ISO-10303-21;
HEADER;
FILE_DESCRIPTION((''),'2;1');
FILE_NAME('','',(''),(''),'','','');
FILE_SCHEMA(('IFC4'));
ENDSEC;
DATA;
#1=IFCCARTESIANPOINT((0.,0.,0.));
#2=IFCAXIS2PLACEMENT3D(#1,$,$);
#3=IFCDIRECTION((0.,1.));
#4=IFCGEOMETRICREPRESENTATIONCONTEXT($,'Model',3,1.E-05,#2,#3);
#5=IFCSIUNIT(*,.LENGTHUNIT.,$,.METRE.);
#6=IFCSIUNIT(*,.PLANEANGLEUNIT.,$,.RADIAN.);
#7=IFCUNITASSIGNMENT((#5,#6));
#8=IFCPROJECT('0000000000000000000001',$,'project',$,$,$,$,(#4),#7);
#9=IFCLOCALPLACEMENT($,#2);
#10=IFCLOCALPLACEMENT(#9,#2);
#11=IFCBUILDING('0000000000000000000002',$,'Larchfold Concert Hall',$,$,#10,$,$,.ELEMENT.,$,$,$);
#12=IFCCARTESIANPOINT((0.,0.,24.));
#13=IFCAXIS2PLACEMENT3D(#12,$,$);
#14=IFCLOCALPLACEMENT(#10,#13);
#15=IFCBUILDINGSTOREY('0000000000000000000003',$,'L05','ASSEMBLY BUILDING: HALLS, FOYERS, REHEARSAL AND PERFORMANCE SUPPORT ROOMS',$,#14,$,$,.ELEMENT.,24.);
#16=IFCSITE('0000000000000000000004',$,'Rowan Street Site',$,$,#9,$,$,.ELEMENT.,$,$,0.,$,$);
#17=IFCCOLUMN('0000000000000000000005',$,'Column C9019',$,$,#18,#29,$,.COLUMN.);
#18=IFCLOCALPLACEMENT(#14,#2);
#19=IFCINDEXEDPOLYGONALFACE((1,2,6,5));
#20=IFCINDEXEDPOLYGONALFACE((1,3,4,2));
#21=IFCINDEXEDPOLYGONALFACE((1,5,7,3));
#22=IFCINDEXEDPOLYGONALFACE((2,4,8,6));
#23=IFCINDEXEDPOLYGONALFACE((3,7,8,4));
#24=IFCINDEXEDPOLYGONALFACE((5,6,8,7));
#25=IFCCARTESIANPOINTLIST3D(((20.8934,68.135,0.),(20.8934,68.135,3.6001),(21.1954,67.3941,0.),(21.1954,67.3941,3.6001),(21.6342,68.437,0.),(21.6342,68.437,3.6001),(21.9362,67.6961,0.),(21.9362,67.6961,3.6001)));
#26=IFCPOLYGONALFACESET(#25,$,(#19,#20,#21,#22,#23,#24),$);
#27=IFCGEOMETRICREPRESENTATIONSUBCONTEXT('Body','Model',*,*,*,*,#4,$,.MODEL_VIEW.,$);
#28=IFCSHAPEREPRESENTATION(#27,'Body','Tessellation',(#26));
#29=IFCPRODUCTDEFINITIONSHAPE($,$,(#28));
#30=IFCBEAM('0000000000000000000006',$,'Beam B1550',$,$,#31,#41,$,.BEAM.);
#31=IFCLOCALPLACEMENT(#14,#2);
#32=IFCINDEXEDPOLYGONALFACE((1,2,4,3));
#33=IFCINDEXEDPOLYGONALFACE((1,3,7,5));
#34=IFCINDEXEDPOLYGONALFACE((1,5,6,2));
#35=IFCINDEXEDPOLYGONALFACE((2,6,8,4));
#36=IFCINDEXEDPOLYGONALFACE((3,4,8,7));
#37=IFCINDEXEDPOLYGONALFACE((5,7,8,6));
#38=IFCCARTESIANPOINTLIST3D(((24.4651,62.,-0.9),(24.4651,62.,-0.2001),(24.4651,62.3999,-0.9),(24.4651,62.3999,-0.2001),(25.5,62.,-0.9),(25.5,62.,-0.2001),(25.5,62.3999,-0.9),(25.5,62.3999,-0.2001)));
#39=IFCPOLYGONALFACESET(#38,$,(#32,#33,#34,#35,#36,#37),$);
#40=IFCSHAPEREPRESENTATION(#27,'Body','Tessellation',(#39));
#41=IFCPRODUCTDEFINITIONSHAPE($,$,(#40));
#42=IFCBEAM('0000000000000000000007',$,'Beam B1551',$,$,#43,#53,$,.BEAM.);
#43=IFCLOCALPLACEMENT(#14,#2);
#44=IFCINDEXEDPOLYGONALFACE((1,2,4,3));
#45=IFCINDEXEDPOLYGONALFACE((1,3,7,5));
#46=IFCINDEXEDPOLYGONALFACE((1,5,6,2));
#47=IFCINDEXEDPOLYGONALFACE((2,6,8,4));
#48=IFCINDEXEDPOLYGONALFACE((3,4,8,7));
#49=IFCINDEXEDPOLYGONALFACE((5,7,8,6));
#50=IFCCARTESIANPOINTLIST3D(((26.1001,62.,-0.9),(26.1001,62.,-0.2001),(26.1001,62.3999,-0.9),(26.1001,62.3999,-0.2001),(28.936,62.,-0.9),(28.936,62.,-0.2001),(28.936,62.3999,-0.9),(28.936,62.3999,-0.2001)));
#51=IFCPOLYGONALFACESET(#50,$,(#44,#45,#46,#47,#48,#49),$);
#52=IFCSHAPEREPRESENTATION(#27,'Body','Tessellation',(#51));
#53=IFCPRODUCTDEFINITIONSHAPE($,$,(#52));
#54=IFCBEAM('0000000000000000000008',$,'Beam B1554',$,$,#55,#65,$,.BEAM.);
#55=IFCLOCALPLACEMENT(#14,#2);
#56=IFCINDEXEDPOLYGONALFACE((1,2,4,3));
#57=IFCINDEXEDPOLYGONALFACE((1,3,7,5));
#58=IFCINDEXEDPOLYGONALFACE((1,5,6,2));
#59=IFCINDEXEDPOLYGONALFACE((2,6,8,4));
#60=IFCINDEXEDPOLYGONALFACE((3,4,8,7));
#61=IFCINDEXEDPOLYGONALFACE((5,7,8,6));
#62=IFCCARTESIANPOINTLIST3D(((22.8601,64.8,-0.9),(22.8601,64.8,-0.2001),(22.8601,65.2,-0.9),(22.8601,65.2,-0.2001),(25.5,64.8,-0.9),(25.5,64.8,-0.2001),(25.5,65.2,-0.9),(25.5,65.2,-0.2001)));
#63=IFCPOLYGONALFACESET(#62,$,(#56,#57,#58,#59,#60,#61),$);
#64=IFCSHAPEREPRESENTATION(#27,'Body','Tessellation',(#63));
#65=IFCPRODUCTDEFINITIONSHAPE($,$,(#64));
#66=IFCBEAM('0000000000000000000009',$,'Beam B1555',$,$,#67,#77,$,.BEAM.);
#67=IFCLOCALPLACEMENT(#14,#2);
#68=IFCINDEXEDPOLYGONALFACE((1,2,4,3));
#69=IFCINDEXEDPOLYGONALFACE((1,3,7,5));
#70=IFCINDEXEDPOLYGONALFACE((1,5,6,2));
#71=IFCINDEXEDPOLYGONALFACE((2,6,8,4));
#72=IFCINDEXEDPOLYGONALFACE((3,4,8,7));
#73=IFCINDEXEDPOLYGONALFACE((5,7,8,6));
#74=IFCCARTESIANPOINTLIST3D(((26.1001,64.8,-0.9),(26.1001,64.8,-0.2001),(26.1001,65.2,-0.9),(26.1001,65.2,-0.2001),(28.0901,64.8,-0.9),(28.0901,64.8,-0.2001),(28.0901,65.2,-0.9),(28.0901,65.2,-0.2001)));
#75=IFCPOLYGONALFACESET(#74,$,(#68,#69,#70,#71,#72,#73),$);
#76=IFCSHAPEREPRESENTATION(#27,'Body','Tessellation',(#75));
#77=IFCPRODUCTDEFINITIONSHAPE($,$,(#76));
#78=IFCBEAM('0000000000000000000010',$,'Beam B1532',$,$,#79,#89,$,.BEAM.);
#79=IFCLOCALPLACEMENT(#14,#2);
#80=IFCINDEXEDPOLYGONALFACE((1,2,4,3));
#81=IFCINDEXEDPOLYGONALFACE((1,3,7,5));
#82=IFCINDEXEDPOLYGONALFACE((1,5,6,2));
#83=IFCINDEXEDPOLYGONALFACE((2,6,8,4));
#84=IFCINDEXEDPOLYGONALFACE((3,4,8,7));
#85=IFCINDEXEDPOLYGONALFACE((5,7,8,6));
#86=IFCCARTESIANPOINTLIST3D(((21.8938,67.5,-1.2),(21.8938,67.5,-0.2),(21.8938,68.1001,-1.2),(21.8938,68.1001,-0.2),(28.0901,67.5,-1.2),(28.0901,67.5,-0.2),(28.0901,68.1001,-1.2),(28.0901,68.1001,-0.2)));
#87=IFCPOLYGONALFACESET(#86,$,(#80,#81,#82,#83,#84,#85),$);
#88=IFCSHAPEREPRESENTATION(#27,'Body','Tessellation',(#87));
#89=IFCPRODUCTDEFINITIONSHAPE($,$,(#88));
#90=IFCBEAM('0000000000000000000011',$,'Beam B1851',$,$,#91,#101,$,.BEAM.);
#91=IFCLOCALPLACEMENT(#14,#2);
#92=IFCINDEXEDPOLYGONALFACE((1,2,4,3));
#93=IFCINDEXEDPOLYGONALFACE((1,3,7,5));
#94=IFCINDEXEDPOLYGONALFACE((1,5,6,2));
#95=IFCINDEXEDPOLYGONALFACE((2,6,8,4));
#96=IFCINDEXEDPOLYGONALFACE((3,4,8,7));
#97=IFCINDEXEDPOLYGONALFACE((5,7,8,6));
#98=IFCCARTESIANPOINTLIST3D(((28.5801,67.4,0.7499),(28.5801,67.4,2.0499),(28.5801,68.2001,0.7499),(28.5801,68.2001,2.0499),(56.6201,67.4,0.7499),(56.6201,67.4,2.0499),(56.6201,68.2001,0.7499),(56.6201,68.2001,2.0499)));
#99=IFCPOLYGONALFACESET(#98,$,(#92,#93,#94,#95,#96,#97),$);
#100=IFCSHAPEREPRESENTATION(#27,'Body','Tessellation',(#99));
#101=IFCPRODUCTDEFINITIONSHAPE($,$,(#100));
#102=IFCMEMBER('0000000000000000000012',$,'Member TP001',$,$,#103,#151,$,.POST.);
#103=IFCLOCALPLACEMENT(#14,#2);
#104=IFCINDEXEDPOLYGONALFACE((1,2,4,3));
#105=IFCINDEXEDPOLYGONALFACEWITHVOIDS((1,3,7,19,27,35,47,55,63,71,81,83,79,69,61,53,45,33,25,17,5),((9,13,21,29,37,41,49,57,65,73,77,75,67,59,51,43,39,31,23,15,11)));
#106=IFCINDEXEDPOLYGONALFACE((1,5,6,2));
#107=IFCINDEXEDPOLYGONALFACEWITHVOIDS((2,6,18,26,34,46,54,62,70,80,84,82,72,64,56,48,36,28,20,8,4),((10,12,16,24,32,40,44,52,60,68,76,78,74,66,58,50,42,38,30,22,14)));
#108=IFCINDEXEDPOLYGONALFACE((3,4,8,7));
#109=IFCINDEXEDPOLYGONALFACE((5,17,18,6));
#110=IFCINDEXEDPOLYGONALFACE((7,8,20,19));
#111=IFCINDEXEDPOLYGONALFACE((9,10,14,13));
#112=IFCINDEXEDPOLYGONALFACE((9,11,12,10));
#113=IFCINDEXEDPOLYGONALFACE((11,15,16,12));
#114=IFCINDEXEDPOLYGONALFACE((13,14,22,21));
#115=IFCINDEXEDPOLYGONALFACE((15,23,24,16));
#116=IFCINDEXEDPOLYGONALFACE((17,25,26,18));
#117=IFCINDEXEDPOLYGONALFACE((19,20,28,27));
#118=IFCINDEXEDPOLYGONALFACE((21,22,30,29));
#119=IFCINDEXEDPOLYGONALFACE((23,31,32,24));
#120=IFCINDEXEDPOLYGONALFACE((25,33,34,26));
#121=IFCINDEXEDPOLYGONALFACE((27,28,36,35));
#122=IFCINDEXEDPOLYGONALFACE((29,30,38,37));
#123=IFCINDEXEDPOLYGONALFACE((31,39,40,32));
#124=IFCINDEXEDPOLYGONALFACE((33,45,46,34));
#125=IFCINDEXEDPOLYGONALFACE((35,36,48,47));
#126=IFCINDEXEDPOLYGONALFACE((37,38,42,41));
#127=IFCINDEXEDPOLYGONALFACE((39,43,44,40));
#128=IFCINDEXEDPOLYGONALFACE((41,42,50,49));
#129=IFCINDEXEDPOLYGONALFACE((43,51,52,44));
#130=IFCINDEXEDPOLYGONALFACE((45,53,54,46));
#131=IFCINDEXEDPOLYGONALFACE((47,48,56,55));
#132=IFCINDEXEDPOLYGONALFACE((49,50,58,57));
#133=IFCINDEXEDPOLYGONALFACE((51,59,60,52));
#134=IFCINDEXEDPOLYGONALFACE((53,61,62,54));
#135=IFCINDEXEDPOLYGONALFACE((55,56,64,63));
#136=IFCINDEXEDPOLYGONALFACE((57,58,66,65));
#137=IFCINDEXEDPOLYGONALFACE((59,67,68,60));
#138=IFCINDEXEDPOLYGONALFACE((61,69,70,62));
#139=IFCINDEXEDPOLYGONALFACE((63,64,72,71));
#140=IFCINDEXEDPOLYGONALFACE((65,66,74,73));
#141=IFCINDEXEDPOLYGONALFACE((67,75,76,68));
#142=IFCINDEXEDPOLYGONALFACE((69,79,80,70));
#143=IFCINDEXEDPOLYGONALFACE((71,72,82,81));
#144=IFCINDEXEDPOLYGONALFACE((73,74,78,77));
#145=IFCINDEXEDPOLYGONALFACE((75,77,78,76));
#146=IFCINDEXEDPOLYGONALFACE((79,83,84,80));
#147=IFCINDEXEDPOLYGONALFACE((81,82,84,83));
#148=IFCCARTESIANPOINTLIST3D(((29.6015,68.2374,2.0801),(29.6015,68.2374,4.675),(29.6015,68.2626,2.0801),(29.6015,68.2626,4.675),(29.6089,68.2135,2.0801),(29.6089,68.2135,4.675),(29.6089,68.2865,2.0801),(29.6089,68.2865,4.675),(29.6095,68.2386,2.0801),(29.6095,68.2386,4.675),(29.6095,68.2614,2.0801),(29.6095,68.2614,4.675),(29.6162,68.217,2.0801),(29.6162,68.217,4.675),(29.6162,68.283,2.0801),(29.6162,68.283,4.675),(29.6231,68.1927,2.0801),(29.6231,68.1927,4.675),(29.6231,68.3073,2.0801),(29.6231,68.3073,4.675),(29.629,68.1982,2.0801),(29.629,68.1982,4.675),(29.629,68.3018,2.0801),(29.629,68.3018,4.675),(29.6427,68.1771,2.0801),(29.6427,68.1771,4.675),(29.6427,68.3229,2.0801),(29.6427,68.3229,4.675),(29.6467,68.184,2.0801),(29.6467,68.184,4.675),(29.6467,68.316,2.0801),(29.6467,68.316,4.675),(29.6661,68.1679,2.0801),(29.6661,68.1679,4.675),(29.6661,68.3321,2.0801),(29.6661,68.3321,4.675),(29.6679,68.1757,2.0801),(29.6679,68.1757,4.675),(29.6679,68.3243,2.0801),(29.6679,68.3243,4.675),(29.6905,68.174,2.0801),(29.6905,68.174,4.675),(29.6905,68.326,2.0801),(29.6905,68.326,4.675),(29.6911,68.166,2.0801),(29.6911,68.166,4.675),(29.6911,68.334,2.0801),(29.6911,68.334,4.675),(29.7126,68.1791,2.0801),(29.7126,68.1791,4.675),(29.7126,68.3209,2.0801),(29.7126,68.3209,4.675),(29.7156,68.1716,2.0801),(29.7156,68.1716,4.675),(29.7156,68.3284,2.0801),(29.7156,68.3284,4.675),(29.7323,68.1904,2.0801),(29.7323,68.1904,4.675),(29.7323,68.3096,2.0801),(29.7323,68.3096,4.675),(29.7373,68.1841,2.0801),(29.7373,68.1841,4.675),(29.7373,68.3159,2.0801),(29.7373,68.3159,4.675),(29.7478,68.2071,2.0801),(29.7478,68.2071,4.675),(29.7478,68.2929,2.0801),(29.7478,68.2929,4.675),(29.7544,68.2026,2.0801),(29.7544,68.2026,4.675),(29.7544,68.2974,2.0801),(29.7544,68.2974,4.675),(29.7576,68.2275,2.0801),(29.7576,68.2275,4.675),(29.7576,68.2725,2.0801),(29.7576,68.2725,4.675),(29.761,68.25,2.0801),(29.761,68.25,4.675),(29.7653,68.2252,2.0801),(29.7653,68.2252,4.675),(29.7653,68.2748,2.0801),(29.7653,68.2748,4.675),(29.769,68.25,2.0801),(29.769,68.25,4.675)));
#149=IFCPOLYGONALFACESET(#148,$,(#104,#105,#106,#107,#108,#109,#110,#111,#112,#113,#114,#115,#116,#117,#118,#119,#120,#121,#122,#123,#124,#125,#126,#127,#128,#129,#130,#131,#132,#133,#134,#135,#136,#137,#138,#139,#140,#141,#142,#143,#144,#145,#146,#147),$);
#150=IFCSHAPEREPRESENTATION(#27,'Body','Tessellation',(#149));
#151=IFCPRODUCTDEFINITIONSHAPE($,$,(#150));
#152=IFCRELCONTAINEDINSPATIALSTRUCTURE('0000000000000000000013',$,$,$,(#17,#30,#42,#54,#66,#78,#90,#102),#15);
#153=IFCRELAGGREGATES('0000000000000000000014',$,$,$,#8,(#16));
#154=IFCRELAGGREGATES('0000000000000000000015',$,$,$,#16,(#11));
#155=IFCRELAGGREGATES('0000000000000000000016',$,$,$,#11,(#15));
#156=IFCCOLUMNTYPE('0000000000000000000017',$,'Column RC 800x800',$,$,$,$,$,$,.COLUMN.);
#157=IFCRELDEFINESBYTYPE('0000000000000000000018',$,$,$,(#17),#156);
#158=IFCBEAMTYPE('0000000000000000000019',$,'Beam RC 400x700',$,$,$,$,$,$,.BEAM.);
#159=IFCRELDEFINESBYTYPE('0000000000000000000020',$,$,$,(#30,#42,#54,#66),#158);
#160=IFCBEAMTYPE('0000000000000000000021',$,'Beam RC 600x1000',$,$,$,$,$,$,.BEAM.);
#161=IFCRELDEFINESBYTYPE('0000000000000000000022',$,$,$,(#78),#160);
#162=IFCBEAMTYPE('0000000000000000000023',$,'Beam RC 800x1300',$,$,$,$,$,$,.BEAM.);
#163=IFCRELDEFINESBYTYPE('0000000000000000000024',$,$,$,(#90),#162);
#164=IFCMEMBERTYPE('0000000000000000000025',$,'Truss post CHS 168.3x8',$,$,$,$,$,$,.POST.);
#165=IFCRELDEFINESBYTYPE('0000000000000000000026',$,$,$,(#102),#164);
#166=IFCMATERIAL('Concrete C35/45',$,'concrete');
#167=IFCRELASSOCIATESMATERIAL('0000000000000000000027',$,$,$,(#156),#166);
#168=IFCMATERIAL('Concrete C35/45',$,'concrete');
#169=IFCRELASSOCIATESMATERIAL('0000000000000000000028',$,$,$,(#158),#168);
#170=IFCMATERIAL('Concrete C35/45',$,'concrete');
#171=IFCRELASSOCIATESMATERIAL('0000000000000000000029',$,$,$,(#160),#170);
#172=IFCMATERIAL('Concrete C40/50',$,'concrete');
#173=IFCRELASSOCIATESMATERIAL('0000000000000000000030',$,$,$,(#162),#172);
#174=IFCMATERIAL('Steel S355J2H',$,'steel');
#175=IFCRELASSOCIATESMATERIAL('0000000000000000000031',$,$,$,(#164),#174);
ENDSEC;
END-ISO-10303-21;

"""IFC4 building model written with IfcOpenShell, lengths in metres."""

from ifc_helpers import new_model, si_unit, direction, frame, origin, origin_2d, place, context, subcontext, project, spatial, rectangle, hollow_circle, extrude, material, material_profile, profile_set, type_object, element, save


model = new_model("IFC4")

# Units and contexts
model_context = context("Model", 3, precision=1e-05, world=origin(), true_north=direction((0.0, 1.0)))
body_context = subcontext(model_context, "Body", "Model", "MODEL_VIEW")
ifc_project = project(units=[si_unit("LENGTHUNIT", "METRE"), si_unit("PLANEANGLEUNIT", "RADIAN")], contexts=[model_context])

# Site, building, storey
site_placement = place(None, origin())
site = spatial("IfcSite", under=ifc_project, at=site_placement, Name="Rowan Street Site", CompositionType="ELEMENT", RefElevation=0.0)
building_placement = place(site_placement, origin())
building = spatial("IfcBuilding", under=site, at=building_placement, Name="Larchfold Concert Hall", CompositionType="ELEMENT")
storey_placement = place(building_placement, frame((0.0, 0.0, 24.0)))
storey = spatial("IfcBuildingStorey", under=building, at=storey_placement, Name="L05", Description="ASSEMBLY BUILDING: HALLS, FOYERS, REHEARSAL AND PERFORMANCE SUPPORT ROOMS", CompositionType="ELEMENT", Elevation=24.0)

# Column
ifc_material_1 = material(Name="Concrete C35/45", Category="concrete")
ifc_material_profile_1 = material_profile(ifc_material_1, rectangle(XDim=0.8, YDim=0.8, at=origin_2d()))
ifc_profile_set_1 = profile_set([ifc_material_profile_1], Name="Concrete C35/45")
column_type = type_object("IfcColumnType", Name="Column RC 800x800", PredefinedType="COLUMN", material=ifc_profile_set_1)
column_placement = place(storey_placement, frame((21.4148, 67.9155, 0.0), z_axis=(0.0, 0.0, 1.0), x_axis=(0.926014, 0.37749, 0.0)))
element("IfcColumn", 1, at=column_placement, inside=storey, type_object=column_type, Name="Column C9019", PredefinedType="COLUMN", context=body_context, shape_type="SweptSolid", body=[
    extrude(rectangle(XDim=0.8, YDim=0.8, at=origin_2d()), origin(), (0.0, 0.0, 1.0), 3.6001),
])

# Beams
ifc_material_2 = material(Name="Concrete C35/45", Category="concrete")
ifc_material_profile_2 = material_profile(ifc_material_2, rectangle(XDim=0.3999, YDim=0.7, at=origin_2d()))
ifc_profile_set_2 = profile_set([ifc_material_profile_2], Name="Concrete C35/45")
beam_type_1 = type_object("IfcBeamType", Name="Beam RC 400x700", PredefinedType="BEAM", material=ifc_profile_set_2)
beam_1_placement = place(storey_placement, frame((24.4651, 62.2, -0.55), z_axis=(1.0, 0.0, 0.0), x_axis=(0.0, 1.0, 0.0)))
element("IfcBeam", 2, at=beam_1_placement, inside=storey, type_object=beam_type_1, Name="Beam B1550", PredefinedType="BEAM", context=body_context, shape_type="SweptSolid", body=[
    extrude(rectangle(XDim=0.3999, YDim=0.7, at=origin_2d()), origin(), (0.0, 0.0, 1.0), 1.0349),
])
beam_2_placement = place(storey_placement, frame((26.1001, 62.2, -0.55), z_axis=(1.0, 0.0, 0.0), x_axis=(0.0, 1.0, 0.0)))
element("IfcBeam", 3, at=beam_2_placement, inside=storey, type_object=beam_type_1, Name="Beam B1551", PredefinedType="BEAM", context=body_context, shape_type="SweptSolid", body=[
    extrude(rectangle(XDim=0.3999, YDim=0.7, at=origin_2d()), origin(), (0.0, 0.0, 1.0), 2.8359),
])
beam_3_placement = place(storey_placement, frame((22.8601, 65.0, -0.55), z_axis=(1.0, 0.0, 0.0), x_axis=(0.0, 1.0, 0.0)))
element("IfcBeam", 4, at=beam_3_placement, inside=storey, type_object=beam_type_1, Name="Beam B1554", PredefinedType="BEAM", context=body_context, shape_type="SweptSolid", body=[
    extrude(rectangle(XDim=0.3999, YDim=0.7, at=origin_2d()), origin(), (0.0, 0.0, 1.0), 2.6399),
])
beam_4_placement = place(storey_placement, frame((26.1001, 65.0, -0.55), z_axis=(1.0, 0.0, 0.0), x_axis=(0.0, 1.0, 0.0)))
element("IfcBeam", 5, at=beam_4_placement, inside=storey, type_object=beam_type_1, Name="Beam B1555", PredefinedType="BEAM", context=body_context, shape_type="SweptSolid", body=[
    extrude(rectangle(XDim=0.3999, YDim=0.7, at=origin_2d()), origin(), (0.0, 0.0, 1.0), 1.99),
])
ifc_material_3 = material(Name="Concrete C35/45", Category="concrete")
ifc_material_profile_3 = material_profile(ifc_material_3, rectangle(XDim=0.6001, YDim=1.0, at=origin_2d()))
ifc_profile_set_3 = profile_set([ifc_material_profile_3], Name="Concrete C35/45")
beam_type_2 = type_object("IfcBeamType", Name="Beam RC 600x1000", PredefinedType="BEAM", material=ifc_profile_set_3)
beam_5_placement = place(storey_placement, frame((21.8938, 67.8, -0.7), z_axis=(1.0, 0.0, 0.0), x_axis=(0.0, 1.0, 0.0)))
element("IfcBeam", 6, at=beam_5_placement, inside=storey, type_object=beam_type_2, Name="Beam B1532", PredefinedType="BEAM", context=body_context, shape_type="SweptSolid", body=[
    extrude(rectangle(XDim=0.6001, YDim=1.0, at=origin_2d()), origin(), (0.0, 0.0, 1.0), 6.1963),
])
ifc_material_4 = material(Name="Concrete C40/50", Category="concrete")
ifc_material_profile_4 = material_profile(ifc_material_4, rectangle(XDim=0.8, YDim=1.3, at=origin_2d()))
ifc_profile_set_4 = profile_set([ifc_material_profile_4], Name="Concrete C40/50")
beam_type_3 = type_object("IfcBeamType", Name="Beam RC 800x1300", PredefinedType="BEAM", material=ifc_profile_set_4)
beam_6_placement = place(storey_placement, frame((28.5801, 67.8, 1.3999), z_axis=(1.0, 0.0, 0.0), x_axis=(0.0, 1.0, 0.0)))
element("IfcBeam", 7, at=beam_6_placement, inside=storey, type_object=beam_type_3, Name="Beam B1851", PredefinedType="BEAM", context=body_context, shape_type="SweptSolid", body=[
    extrude(rectangle(XDim=0.8, YDim=1.3, at=origin_2d()), origin(), (0.0, 0.0, 1.0), 28.04),
])

# Member
ifc_material_5 = material(Name="Steel S355J2H", Category="steel")
ifc_material_profile_5 = material_profile(ifc_material_5, hollow_circle(Radius=0.0842, WallThickness=0.0081, at=origin_2d()))
ifc_profile_set_5 = profile_set([ifc_material_profile_5], Name="Steel S355J2H")
member_type = type_object("IfcMemberType", Name="Truss post CHS 168.3x8", PredefinedType="POST", material=ifc_profile_set_5)
for number, where, z_axis, x_axis, name in (
    (8, (29.6848, 68.25, 2.0801), (0.0, 0.0, 1.0), (1.0, 0.0, 0.0), "Member TP001"),
):
    element("IfcMember", number, at=place(storey_placement, frame(where, z_axis=z_axis, x_axis=x_axis)), inside=storey, type_object=member_type, Name=name, PredefinedType="POST", context=body_context, shape_type="SweptSolid", body=[
        extrude(hollow_circle(Radius=0.0842, WallThickness=0.0081, at=origin_2d()), origin(), (0.0, 0.0, 1.0), 2.595),
    ])

save(model, "model.ifc")
